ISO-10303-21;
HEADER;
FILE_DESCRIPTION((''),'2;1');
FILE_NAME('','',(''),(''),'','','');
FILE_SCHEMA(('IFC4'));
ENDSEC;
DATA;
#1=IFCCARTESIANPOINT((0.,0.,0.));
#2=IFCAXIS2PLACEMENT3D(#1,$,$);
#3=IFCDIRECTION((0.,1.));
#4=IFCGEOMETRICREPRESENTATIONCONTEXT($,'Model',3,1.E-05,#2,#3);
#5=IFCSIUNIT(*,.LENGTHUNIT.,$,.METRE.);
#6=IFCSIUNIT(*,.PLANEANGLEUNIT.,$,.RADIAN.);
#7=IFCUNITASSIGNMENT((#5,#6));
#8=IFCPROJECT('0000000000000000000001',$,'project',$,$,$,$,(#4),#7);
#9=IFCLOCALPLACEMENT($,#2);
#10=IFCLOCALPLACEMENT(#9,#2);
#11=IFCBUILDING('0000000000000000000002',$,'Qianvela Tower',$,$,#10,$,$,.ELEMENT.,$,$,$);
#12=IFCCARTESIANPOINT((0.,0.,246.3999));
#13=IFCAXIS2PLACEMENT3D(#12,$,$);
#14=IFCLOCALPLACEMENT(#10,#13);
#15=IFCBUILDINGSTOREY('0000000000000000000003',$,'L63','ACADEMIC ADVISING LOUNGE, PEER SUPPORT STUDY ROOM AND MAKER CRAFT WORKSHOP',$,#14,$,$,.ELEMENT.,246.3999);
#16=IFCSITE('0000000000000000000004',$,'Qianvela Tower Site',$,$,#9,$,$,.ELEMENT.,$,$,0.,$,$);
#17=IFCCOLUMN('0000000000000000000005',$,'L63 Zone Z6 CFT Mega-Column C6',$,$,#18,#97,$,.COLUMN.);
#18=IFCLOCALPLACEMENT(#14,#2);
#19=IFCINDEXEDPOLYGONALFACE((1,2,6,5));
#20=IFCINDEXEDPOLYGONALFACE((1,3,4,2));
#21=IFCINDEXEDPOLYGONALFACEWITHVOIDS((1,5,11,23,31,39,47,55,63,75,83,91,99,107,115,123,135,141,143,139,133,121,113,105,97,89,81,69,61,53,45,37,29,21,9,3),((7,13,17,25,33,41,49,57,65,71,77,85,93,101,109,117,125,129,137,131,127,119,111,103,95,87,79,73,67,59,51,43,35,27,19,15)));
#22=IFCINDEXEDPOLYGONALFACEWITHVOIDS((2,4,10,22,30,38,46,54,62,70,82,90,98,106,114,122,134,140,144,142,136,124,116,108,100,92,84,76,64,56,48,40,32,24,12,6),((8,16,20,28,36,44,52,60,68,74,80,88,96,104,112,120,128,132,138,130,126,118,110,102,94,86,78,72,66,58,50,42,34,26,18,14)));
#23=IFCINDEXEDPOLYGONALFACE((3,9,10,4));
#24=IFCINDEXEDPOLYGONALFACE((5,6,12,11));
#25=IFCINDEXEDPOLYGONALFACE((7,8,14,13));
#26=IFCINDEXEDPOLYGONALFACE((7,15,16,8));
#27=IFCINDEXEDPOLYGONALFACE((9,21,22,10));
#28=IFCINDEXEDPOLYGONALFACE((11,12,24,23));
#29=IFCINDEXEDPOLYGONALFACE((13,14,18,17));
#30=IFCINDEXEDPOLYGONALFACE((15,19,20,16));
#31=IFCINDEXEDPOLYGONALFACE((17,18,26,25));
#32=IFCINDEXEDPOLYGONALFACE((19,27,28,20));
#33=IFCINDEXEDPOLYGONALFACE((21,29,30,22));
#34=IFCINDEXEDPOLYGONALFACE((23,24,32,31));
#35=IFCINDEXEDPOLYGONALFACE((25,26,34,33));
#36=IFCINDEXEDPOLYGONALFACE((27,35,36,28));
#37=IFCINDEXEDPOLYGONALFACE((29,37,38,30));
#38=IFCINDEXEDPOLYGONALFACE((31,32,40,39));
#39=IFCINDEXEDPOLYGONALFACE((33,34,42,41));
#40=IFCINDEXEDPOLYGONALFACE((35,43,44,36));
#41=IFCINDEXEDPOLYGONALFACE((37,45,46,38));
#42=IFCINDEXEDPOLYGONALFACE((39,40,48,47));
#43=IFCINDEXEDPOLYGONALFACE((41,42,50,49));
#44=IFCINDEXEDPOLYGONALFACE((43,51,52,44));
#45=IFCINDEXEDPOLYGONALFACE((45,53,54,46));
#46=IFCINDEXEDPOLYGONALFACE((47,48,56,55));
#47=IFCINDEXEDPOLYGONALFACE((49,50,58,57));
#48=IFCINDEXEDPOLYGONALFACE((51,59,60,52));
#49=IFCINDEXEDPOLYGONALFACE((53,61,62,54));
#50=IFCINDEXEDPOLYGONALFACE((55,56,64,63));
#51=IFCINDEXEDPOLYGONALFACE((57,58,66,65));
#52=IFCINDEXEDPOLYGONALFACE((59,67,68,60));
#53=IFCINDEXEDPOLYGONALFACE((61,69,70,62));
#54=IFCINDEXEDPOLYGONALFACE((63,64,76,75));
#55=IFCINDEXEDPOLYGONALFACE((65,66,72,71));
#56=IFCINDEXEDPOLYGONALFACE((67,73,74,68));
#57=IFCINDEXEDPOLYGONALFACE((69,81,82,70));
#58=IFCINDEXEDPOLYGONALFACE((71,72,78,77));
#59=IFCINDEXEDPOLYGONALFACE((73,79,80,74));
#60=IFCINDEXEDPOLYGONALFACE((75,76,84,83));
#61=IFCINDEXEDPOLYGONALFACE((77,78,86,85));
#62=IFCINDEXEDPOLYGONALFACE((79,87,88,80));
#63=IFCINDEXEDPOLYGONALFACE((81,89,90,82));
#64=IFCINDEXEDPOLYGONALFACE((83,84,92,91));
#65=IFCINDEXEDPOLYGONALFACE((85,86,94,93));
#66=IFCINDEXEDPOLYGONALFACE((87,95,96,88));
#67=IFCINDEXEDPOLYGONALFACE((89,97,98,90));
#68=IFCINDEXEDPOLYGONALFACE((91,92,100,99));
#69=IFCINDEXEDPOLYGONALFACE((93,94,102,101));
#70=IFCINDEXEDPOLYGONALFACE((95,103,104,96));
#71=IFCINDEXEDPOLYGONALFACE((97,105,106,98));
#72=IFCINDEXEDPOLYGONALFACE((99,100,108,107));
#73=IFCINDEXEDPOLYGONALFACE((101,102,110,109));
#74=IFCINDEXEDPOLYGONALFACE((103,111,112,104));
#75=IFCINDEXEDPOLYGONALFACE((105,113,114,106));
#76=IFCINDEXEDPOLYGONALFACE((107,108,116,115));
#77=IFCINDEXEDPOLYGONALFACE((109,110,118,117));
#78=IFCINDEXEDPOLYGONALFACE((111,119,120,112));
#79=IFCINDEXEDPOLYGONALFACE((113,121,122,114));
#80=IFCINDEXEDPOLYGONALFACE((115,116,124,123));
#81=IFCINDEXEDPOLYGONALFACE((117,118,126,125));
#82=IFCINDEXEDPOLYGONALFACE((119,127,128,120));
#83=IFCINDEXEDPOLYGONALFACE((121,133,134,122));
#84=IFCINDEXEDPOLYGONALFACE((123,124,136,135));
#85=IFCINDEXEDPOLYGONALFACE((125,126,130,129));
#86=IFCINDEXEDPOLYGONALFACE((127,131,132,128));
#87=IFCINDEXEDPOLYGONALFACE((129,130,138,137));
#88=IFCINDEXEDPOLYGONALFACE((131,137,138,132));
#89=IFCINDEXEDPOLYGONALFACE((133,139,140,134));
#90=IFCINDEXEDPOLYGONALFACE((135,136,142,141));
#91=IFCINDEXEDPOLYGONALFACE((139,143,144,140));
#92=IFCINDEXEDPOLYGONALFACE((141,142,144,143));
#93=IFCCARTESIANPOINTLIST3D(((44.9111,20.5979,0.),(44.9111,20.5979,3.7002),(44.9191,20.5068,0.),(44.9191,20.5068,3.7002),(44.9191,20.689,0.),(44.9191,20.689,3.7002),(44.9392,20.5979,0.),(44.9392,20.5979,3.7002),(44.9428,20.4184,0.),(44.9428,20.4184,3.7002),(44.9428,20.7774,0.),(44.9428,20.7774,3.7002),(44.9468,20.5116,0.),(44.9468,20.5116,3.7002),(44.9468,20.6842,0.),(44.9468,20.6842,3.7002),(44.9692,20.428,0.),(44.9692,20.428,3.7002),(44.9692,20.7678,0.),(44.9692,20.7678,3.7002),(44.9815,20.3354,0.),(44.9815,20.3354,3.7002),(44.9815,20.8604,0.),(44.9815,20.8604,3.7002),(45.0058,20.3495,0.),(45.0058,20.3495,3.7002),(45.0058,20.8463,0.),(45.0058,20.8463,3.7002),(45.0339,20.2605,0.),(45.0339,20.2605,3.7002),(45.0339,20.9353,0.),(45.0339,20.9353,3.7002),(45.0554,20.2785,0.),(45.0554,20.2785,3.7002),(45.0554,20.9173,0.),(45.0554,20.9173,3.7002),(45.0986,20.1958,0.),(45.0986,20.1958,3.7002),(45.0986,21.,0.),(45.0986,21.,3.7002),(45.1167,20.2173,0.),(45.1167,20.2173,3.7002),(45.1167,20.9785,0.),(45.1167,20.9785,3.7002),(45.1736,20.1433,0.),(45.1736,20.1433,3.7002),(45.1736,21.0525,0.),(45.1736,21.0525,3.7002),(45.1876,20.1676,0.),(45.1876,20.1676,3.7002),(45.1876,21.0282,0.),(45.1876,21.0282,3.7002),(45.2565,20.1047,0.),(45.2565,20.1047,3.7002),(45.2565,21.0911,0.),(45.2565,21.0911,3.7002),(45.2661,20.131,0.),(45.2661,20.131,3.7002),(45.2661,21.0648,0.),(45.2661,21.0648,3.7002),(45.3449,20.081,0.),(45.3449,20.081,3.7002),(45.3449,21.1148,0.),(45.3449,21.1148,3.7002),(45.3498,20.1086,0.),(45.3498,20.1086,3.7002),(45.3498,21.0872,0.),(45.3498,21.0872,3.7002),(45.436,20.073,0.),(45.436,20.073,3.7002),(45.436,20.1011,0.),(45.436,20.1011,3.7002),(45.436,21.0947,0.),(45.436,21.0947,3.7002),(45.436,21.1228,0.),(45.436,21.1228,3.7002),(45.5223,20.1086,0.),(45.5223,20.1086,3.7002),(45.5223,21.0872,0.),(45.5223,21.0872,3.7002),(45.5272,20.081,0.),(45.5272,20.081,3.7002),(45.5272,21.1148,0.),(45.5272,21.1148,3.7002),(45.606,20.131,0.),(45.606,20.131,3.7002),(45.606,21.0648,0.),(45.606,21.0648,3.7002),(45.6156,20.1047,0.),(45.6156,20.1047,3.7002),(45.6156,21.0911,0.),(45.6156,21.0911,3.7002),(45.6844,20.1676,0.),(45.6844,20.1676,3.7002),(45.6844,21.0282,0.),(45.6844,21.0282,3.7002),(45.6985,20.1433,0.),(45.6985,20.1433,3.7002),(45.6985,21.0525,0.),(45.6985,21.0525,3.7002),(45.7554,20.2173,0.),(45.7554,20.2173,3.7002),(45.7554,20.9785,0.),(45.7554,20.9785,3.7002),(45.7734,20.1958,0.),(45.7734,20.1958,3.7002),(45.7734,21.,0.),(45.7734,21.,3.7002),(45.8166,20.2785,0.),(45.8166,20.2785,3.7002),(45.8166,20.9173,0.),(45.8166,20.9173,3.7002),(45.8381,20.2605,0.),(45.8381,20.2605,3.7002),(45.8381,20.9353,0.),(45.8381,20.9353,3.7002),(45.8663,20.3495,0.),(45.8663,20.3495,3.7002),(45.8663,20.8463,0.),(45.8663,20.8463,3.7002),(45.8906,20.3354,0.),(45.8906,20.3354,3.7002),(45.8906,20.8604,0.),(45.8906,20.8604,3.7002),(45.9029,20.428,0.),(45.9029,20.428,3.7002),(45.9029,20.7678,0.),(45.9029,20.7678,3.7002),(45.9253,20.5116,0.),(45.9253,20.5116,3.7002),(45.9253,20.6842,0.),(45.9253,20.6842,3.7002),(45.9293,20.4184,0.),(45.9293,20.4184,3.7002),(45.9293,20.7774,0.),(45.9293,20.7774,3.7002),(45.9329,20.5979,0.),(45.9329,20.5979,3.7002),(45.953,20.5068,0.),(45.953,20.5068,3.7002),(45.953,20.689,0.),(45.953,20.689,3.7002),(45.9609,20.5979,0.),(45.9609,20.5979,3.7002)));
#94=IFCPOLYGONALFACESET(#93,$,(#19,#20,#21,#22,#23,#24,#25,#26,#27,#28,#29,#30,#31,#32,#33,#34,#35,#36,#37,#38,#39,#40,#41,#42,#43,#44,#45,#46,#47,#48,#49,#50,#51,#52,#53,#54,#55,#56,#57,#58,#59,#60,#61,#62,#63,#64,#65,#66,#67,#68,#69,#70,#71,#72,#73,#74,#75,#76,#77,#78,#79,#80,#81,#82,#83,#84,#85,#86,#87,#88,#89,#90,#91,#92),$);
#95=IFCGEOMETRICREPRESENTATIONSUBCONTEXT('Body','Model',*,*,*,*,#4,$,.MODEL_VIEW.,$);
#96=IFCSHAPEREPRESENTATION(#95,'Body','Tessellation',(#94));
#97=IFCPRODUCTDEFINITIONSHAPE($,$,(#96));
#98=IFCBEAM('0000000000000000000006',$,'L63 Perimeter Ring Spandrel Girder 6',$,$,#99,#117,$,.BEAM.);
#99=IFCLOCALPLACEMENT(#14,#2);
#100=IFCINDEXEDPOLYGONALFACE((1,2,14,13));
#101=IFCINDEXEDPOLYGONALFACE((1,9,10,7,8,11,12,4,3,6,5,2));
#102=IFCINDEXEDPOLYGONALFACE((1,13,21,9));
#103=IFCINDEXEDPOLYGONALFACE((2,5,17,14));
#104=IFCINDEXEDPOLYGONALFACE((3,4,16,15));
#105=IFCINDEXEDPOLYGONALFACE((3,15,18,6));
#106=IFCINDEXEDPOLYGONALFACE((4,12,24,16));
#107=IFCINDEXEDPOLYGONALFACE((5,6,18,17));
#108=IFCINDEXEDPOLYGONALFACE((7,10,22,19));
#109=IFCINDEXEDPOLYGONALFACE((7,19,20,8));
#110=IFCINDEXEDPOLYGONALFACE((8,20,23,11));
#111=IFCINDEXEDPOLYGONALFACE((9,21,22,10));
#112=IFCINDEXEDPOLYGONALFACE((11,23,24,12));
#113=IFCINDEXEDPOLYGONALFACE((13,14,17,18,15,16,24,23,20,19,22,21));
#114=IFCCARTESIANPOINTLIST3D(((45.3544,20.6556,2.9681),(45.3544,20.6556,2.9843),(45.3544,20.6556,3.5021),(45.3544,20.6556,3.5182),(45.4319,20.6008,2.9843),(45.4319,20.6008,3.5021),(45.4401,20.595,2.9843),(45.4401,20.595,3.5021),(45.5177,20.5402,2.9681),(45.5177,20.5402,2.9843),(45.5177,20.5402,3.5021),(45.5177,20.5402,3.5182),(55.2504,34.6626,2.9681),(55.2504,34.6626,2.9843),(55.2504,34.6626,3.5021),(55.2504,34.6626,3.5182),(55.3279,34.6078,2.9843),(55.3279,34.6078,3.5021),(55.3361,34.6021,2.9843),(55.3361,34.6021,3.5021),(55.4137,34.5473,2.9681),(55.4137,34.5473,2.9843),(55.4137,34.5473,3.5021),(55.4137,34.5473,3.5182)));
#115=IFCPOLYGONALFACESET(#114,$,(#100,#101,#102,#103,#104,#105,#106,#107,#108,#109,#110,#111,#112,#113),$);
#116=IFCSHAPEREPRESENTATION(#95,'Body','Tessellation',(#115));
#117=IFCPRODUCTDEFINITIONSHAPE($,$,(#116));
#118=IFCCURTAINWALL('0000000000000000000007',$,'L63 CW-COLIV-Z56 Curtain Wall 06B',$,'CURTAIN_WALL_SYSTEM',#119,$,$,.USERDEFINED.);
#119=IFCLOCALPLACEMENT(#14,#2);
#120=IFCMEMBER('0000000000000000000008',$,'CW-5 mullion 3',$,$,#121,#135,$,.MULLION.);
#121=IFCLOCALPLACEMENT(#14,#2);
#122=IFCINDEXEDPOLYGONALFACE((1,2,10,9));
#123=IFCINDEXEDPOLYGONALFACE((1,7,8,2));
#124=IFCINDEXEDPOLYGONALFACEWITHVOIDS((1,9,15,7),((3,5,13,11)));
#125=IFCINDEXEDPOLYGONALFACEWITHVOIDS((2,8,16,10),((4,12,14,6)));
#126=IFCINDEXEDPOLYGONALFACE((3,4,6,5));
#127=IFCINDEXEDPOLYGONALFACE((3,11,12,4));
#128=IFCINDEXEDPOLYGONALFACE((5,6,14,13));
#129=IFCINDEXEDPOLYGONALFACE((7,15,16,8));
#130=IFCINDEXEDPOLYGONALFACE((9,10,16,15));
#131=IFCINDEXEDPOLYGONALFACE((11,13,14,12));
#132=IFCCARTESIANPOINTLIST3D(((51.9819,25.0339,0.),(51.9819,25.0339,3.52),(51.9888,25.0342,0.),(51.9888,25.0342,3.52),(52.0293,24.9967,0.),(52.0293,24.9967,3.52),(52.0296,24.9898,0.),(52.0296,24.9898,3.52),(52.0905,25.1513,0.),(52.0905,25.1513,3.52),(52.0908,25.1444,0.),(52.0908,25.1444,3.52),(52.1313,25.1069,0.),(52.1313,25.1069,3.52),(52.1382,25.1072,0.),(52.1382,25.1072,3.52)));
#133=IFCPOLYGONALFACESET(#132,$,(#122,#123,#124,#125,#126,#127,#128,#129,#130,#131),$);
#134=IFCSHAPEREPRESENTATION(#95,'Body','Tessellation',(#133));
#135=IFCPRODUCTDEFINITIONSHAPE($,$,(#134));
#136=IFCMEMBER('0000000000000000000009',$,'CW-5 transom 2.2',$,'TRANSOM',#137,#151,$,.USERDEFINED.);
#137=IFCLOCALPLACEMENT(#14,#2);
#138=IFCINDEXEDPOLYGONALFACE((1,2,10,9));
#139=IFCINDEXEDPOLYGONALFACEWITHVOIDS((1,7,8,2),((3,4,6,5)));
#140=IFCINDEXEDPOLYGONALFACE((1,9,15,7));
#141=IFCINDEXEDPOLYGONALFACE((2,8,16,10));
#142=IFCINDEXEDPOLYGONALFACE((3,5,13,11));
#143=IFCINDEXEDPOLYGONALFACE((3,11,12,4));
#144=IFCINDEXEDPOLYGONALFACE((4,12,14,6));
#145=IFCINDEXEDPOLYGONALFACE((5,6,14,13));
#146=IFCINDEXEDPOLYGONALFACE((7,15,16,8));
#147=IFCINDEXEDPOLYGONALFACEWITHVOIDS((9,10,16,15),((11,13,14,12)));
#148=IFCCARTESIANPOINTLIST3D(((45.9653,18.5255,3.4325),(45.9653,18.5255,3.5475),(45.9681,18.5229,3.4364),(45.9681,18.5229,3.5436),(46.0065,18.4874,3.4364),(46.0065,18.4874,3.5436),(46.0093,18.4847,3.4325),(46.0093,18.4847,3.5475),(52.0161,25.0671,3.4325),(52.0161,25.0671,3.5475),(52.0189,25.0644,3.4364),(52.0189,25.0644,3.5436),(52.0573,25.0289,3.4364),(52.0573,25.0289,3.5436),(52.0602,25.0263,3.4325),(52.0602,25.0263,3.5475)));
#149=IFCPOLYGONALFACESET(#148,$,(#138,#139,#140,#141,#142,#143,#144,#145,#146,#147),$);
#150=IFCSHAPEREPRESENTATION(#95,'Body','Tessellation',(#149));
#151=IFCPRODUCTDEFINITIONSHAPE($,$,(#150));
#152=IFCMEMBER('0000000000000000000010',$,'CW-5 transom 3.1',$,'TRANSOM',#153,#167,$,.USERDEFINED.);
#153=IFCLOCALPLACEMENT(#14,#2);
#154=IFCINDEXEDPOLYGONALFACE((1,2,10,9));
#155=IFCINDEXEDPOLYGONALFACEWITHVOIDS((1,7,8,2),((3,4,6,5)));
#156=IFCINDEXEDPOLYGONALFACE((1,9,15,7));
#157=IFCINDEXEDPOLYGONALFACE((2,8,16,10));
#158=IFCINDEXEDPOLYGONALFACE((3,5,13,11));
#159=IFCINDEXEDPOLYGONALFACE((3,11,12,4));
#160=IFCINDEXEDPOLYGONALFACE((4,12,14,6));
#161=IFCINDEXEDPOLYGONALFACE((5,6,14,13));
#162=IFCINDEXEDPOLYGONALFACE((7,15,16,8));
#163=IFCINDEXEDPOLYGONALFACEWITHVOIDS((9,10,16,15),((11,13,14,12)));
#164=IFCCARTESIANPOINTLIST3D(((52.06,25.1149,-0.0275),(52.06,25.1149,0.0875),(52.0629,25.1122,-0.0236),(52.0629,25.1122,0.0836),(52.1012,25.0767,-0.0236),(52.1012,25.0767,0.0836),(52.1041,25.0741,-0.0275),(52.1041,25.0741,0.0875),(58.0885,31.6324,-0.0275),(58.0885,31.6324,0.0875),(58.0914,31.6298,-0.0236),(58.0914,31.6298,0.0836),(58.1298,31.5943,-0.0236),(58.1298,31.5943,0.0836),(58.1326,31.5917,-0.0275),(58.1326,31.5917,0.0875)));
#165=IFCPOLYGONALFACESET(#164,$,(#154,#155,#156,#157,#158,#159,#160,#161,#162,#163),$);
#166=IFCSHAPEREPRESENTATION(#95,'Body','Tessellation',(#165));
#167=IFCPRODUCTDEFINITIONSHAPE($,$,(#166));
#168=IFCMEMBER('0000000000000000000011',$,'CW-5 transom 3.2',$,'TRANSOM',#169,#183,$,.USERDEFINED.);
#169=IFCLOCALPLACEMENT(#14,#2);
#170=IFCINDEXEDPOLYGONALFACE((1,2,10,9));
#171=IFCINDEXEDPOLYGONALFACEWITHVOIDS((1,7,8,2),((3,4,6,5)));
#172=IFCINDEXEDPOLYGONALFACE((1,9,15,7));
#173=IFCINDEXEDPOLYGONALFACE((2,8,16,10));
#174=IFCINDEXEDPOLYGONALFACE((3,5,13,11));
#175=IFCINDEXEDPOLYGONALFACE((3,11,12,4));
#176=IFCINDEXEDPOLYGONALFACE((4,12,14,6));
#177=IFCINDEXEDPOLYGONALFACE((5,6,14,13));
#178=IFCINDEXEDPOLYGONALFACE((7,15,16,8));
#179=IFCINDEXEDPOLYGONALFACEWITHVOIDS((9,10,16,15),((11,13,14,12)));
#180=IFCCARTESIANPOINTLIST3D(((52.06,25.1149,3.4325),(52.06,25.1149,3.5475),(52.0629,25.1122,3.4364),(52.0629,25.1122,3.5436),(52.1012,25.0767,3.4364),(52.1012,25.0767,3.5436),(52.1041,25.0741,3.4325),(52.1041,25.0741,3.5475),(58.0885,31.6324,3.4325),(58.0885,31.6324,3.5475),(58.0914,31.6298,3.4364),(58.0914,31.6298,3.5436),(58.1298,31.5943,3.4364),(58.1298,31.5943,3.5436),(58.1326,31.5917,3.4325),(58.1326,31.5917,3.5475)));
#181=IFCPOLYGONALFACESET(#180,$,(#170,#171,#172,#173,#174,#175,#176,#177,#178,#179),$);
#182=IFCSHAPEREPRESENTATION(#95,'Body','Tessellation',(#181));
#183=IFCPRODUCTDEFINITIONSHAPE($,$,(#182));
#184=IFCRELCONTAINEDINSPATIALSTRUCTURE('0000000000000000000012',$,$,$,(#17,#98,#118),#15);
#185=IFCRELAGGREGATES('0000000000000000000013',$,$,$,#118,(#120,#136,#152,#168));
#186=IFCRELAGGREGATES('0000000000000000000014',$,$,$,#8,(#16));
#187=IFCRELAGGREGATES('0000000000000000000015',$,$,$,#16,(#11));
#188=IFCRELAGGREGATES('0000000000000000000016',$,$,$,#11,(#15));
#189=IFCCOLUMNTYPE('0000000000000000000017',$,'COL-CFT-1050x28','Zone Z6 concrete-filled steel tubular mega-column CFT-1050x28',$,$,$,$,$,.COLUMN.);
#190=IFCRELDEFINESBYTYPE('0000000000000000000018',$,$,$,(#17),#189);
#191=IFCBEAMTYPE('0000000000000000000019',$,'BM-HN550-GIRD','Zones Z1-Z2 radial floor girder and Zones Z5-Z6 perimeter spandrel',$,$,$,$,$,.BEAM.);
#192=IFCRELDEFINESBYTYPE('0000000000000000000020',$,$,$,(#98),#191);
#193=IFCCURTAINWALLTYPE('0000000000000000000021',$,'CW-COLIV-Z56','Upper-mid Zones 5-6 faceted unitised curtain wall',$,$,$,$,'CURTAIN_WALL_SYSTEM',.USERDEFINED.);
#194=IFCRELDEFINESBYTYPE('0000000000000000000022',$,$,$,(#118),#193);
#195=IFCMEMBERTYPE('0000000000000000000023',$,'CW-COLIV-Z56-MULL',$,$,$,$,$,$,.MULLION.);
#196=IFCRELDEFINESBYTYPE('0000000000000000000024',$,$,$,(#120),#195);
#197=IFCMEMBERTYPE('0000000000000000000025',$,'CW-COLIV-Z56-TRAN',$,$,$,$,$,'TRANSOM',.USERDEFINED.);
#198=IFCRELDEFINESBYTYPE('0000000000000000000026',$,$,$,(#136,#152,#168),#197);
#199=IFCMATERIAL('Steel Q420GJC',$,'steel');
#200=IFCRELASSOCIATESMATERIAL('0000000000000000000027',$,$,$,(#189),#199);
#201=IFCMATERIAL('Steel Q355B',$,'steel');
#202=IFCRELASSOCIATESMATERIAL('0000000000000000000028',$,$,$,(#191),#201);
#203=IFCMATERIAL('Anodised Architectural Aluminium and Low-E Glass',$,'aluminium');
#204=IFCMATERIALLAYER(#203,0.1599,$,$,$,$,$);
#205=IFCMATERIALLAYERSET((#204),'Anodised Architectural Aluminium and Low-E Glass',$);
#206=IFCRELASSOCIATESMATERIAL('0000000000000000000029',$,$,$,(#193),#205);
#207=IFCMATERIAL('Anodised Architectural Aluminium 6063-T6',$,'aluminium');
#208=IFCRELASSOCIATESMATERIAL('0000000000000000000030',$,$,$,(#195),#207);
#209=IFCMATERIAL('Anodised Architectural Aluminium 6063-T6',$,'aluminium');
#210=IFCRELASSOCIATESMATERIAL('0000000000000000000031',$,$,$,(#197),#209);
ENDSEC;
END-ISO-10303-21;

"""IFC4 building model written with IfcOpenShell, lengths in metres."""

from ifc_helpers import new_model, si_unit, direction, frame, origin, origin_2d, place, context, subcontext, project, spatial, hollow_rectangle, hollow_circle, i_section, extrude, material, layer, layer_set, material_profile, profile_set, type_object, element, aggregate, save


model = new_model("IFC4")

# Units and contexts
model_context = context("Model", 3, precision=1e-05, world=origin(), true_north=direction((0.0, 1.0)))
body_context = subcontext(model_context, "Body", "Model", "MODEL_VIEW")
ifc_project = project(units=[si_unit("LENGTHUNIT", "METRE"), si_unit("PLANEANGLEUNIT", "RADIAN")], contexts=[model_context])

# Site, building, storey
site_placement = place(None, origin())
site = spatial("IfcSite", under=ifc_project, at=site_placement, Name="Qianvela Tower Site", CompositionType="ELEMENT", RefElevation=0.0)
building_placement = place(site_placement, origin())
building = spatial("IfcBuilding", under=site, at=building_placement, Name="Qianvela Tower", CompositionType="ELEMENT")
storey_placement = place(building_placement, frame((0.0, 0.0, 246.3999)))
storey = spatial("IfcBuildingStorey", under=building, at=storey_placement, Name="L63", Description="ACADEMIC ADVISING LOUNGE, PEER SUPPORT STUDY ROOM AND MAKER CRAFT WORKSHOP", CompositionType="ELEMENT", Elevation=246.3999)

# Column
ifc_material_1 = material(Name="Steel Q420GJC", Category="steel")
ifc_material_profile_1 = material_profile(ifc_material_1, hollow_circle(Radius=0.5249, WallThickness=0.0281, at=origin_2d()), Name="CFT-1050x28")
ifc_profile_set_1 = profile_set([ifc_material_profile_1], Name="Steel Q420GJC")
column_type = type_object("IfcColumnType", Name="COL-CFT-1050x28", Description="Zone Z6 concrete-filled steel tubular mega-column CFT-1050x28", PredefinedType="COLUMN", material=ifc_profile_set_1)
column_placement = place(storey_placement, frame((45.436, 20.5979, 0.0), z_axis=(0.0, 0.0, 1.0), x_axis=(1.0, 0.0, 0.0)))
element("IfcColumn", 1, at=column_placement, inside=storey, type_object=column_type, Name="L63 Zone Z6 CFT Mega-Column C6", PredefinedType="COLUMN", context=body_context, shape_type="SweptSolid", body=[
    extrude(hollow_circle(Radius=0.5249, WallThickness=0.0281, at=origin_2d()), origin(), (0.0, 0.0, 1.0), 3.7002),
])

# Beam
ifc_material_2 = material(Name="Steel Q355B", Category="steel")
ifc_material_profile_2 = material_profile(ifc_material_2, i_section(OverallWidth=0.2, OverallDepth=0.55, WebThickness=0.01, FlangeThickness=0.0161, at=origin_2d()), Name="HN550x200x10x16")
ifc_profile_set_2 = profile_set([ifc_material_profile_2], Name="Steel Q355B")
beam_type = type_object("IfcBeamType", Name="BM-HN550-GIRD", Description="Zones Z1-Z2 radial floor girder and Zones Z5-Z6 perimeter spandrel", PredefinedType="BEAM", material=ifc_profile_set_2)
beam_placement = place(storey_placement, frame((45.436, 20.5979, 3.2432), z_axis=(0.57702, 0.81673, 0.0), x_axis=(-0.81673, 0.57702, 0.0)))
element("IfcBeam", 2, at=beam_placement, inside=storey, type_object=beam_type, Name="L63 Perimeter Ring Spandrel Girder 6", PredefinedType="BEAM", context=body_context, shape_type="SweptSolid", body=[
    extrude(i_section(OverallWidth=0.2, OverallDepth=0.55, WebThickness=0.01, FlangeThickness=0.0161, at=origin_2d()), origin(), (0.0, 0.0, 1.0), 17.1501),
])

# Curtain wall, members
ifc_material_3 = material(Name="Anodised Architectural Aluminium and Low-E Glass", Category="aluminium")
ifc_layer_1 = layer(ifc_material_3, 0.1599)
ifc_layer_set_1 = layer_set([ifc_layer_1], Name="Anodised Architectural Aluminium and Low-E Glass")
curtain_wall_type = type_object("IfcCurtainWallType", Name="CW-COLIV-Z56", Description="Upper-mid Zones 5-6 faceted unitised curtain wall", ElementType="CURTAIN_WALL_SYSTEM", PredefinedType="USERDEFINED", material=ifc_layer_set_1)
curtain_wall_placement = place(storey_placement, origin())
curtain_wall = element("IfcCurtainWall", 3, at=curtain_wall_placement, inside=storey, type_object=curtain_wall_type, Name="L63 CW-COLIV-Z56 Curtain Wall 06B", ObjectType="CURTAIN_WALL_SYSTEM", PredefinedType="USERDEFINED")
ifc_material_4 = material(Name="Anodised Architectural Aluminium 6063-T6", Category="aluminium")
ifc_material_profile_3 = material_profile(ifc_material_4, hollow_rectangle(XDim=0.0649, YDim=0.1599, WallThickness=0.0049, at=origin_2d()), Name="ALU-MULL-65x160")
ifc_profile_set_3 = profile_set([ifc_material_profile_3], Name="Anodised Architectural Aluminium 6063-T6")
member_type_1 = type_object("IfcMemberType", Name="CW-COLIV-Z56-MULL", PredefinedType="MULLION", material=ifc_profile_set_3)
member_1_placement = place(storey_placement, frame((52.0601, 25.0706, 0.0), z_axis=(0.0, 0.0, 1.0), x_axis=(-0.734122, 0.679018, 0.0)))
member_1 = element("IfcMember", 4, at=member_1_placement, type_object=member_type_1, Name="CW-5 mullion 3", PredefinedType="MULLION", context=body_context, shape_type="SweptSolid", body=[
    extrude(hollow_rectangle(XDim=0.0649, YDim=0.1599, WallThickness=0.0049, at=origin_2d()), origin(), (0.0, 0.0, 1.0), 3.52),
])
ifc_material_5 = material(Name="Anodised Architectural Aluminium 6063-T6", Category="aluminium")
ifc_material_profile_4 = material_profile(ifc_material_5, hollow_rectangle(XDim=0.0601, YDim=0.115, WallThickness=0.0039, at=origin_2d()), Name="ALU-TRAN-60x115")
ifc_profile_set_4 = profile_set([ifc_material_profile_4], Name="Anodised Architectural Aluminium 6063-T6")
member_type_2 = type_object("IfcMemberType", Name="CW-COLIV-Z56-TRAN", ElementType="TRANSOM", PredefinedType="USERDEFINED", material=ifc_profile_set_4)
member_2_placement = place(storey_placement, frame((45.9873, 18.5051, 3.49), z_axis=(0.679035, 0.734106, 0.0), x_axis=(-0.734106, 0.679035, 0.0)))
member_2 = element("IfcMember", 5, at=member_2_placement, type_object=member_type_2, Name="CW-5 transom 2.2", ObjectType="TRANSOM", PredefinedType="USERDEFINED", context=body_context, shape_type="SweptSolid", body=[
    extrude(hollow_rectangle(XDim=0.0601, YDim=0.115, WallThickness=0.0039, at=origin_2d()), origin(), (0.0, 0.0, 1.0), 8.9109),
])
member_3_placement = place(storey_placement, frame((52.082, 25.0945, 0.03), z_axis=(0.67903, 0.73411, 0.0), x_axis=(-0.73411, 0.67903, 0.0)))
member_3 = element("IfcMember", 6, at=member_3_placement, type_object=member_type_2, Name="CW-5 transom 3.1", ObjectType="TRANSOM", PredefinedType="USERDEFINED", context=body_context, shape_type="SweptSolid", body=[
    extrude(hollow_rectangle(XDim=0.0601, YDim=0.115, WallThickness=0.0039, at=origin_2d()), origin(), (0.0, 0.0, 1.0), 8.8782),
])
member_4_placement = place(storey_placement, frame((52.082, 25.0945, 3.49), z_axis=(0.67903, 0.73411, 0.0), x_axis=(-0.73411, 0.67903, 0.0)))
member_4 = element("IfcMember", 7, at=member_4_placement, type_object=member_type_2, Name="CW-5 transom 3.2", ObjectType="TRANSOM", PredefinedType="USERDEFINED", context=body_context, shape_type="SweptSolid", body=[
    extrude(hollow_rectangle(XDim=0.0601, YDim=0.115, WallThickness=0.0039, at=origin_2d()), origin(), (0.0, 0.0, 1.0), 8.8782),
])
aggregate(curtain_wall, [member_1, member_2, member_3, member_4])

save(model, "model.ifc")
